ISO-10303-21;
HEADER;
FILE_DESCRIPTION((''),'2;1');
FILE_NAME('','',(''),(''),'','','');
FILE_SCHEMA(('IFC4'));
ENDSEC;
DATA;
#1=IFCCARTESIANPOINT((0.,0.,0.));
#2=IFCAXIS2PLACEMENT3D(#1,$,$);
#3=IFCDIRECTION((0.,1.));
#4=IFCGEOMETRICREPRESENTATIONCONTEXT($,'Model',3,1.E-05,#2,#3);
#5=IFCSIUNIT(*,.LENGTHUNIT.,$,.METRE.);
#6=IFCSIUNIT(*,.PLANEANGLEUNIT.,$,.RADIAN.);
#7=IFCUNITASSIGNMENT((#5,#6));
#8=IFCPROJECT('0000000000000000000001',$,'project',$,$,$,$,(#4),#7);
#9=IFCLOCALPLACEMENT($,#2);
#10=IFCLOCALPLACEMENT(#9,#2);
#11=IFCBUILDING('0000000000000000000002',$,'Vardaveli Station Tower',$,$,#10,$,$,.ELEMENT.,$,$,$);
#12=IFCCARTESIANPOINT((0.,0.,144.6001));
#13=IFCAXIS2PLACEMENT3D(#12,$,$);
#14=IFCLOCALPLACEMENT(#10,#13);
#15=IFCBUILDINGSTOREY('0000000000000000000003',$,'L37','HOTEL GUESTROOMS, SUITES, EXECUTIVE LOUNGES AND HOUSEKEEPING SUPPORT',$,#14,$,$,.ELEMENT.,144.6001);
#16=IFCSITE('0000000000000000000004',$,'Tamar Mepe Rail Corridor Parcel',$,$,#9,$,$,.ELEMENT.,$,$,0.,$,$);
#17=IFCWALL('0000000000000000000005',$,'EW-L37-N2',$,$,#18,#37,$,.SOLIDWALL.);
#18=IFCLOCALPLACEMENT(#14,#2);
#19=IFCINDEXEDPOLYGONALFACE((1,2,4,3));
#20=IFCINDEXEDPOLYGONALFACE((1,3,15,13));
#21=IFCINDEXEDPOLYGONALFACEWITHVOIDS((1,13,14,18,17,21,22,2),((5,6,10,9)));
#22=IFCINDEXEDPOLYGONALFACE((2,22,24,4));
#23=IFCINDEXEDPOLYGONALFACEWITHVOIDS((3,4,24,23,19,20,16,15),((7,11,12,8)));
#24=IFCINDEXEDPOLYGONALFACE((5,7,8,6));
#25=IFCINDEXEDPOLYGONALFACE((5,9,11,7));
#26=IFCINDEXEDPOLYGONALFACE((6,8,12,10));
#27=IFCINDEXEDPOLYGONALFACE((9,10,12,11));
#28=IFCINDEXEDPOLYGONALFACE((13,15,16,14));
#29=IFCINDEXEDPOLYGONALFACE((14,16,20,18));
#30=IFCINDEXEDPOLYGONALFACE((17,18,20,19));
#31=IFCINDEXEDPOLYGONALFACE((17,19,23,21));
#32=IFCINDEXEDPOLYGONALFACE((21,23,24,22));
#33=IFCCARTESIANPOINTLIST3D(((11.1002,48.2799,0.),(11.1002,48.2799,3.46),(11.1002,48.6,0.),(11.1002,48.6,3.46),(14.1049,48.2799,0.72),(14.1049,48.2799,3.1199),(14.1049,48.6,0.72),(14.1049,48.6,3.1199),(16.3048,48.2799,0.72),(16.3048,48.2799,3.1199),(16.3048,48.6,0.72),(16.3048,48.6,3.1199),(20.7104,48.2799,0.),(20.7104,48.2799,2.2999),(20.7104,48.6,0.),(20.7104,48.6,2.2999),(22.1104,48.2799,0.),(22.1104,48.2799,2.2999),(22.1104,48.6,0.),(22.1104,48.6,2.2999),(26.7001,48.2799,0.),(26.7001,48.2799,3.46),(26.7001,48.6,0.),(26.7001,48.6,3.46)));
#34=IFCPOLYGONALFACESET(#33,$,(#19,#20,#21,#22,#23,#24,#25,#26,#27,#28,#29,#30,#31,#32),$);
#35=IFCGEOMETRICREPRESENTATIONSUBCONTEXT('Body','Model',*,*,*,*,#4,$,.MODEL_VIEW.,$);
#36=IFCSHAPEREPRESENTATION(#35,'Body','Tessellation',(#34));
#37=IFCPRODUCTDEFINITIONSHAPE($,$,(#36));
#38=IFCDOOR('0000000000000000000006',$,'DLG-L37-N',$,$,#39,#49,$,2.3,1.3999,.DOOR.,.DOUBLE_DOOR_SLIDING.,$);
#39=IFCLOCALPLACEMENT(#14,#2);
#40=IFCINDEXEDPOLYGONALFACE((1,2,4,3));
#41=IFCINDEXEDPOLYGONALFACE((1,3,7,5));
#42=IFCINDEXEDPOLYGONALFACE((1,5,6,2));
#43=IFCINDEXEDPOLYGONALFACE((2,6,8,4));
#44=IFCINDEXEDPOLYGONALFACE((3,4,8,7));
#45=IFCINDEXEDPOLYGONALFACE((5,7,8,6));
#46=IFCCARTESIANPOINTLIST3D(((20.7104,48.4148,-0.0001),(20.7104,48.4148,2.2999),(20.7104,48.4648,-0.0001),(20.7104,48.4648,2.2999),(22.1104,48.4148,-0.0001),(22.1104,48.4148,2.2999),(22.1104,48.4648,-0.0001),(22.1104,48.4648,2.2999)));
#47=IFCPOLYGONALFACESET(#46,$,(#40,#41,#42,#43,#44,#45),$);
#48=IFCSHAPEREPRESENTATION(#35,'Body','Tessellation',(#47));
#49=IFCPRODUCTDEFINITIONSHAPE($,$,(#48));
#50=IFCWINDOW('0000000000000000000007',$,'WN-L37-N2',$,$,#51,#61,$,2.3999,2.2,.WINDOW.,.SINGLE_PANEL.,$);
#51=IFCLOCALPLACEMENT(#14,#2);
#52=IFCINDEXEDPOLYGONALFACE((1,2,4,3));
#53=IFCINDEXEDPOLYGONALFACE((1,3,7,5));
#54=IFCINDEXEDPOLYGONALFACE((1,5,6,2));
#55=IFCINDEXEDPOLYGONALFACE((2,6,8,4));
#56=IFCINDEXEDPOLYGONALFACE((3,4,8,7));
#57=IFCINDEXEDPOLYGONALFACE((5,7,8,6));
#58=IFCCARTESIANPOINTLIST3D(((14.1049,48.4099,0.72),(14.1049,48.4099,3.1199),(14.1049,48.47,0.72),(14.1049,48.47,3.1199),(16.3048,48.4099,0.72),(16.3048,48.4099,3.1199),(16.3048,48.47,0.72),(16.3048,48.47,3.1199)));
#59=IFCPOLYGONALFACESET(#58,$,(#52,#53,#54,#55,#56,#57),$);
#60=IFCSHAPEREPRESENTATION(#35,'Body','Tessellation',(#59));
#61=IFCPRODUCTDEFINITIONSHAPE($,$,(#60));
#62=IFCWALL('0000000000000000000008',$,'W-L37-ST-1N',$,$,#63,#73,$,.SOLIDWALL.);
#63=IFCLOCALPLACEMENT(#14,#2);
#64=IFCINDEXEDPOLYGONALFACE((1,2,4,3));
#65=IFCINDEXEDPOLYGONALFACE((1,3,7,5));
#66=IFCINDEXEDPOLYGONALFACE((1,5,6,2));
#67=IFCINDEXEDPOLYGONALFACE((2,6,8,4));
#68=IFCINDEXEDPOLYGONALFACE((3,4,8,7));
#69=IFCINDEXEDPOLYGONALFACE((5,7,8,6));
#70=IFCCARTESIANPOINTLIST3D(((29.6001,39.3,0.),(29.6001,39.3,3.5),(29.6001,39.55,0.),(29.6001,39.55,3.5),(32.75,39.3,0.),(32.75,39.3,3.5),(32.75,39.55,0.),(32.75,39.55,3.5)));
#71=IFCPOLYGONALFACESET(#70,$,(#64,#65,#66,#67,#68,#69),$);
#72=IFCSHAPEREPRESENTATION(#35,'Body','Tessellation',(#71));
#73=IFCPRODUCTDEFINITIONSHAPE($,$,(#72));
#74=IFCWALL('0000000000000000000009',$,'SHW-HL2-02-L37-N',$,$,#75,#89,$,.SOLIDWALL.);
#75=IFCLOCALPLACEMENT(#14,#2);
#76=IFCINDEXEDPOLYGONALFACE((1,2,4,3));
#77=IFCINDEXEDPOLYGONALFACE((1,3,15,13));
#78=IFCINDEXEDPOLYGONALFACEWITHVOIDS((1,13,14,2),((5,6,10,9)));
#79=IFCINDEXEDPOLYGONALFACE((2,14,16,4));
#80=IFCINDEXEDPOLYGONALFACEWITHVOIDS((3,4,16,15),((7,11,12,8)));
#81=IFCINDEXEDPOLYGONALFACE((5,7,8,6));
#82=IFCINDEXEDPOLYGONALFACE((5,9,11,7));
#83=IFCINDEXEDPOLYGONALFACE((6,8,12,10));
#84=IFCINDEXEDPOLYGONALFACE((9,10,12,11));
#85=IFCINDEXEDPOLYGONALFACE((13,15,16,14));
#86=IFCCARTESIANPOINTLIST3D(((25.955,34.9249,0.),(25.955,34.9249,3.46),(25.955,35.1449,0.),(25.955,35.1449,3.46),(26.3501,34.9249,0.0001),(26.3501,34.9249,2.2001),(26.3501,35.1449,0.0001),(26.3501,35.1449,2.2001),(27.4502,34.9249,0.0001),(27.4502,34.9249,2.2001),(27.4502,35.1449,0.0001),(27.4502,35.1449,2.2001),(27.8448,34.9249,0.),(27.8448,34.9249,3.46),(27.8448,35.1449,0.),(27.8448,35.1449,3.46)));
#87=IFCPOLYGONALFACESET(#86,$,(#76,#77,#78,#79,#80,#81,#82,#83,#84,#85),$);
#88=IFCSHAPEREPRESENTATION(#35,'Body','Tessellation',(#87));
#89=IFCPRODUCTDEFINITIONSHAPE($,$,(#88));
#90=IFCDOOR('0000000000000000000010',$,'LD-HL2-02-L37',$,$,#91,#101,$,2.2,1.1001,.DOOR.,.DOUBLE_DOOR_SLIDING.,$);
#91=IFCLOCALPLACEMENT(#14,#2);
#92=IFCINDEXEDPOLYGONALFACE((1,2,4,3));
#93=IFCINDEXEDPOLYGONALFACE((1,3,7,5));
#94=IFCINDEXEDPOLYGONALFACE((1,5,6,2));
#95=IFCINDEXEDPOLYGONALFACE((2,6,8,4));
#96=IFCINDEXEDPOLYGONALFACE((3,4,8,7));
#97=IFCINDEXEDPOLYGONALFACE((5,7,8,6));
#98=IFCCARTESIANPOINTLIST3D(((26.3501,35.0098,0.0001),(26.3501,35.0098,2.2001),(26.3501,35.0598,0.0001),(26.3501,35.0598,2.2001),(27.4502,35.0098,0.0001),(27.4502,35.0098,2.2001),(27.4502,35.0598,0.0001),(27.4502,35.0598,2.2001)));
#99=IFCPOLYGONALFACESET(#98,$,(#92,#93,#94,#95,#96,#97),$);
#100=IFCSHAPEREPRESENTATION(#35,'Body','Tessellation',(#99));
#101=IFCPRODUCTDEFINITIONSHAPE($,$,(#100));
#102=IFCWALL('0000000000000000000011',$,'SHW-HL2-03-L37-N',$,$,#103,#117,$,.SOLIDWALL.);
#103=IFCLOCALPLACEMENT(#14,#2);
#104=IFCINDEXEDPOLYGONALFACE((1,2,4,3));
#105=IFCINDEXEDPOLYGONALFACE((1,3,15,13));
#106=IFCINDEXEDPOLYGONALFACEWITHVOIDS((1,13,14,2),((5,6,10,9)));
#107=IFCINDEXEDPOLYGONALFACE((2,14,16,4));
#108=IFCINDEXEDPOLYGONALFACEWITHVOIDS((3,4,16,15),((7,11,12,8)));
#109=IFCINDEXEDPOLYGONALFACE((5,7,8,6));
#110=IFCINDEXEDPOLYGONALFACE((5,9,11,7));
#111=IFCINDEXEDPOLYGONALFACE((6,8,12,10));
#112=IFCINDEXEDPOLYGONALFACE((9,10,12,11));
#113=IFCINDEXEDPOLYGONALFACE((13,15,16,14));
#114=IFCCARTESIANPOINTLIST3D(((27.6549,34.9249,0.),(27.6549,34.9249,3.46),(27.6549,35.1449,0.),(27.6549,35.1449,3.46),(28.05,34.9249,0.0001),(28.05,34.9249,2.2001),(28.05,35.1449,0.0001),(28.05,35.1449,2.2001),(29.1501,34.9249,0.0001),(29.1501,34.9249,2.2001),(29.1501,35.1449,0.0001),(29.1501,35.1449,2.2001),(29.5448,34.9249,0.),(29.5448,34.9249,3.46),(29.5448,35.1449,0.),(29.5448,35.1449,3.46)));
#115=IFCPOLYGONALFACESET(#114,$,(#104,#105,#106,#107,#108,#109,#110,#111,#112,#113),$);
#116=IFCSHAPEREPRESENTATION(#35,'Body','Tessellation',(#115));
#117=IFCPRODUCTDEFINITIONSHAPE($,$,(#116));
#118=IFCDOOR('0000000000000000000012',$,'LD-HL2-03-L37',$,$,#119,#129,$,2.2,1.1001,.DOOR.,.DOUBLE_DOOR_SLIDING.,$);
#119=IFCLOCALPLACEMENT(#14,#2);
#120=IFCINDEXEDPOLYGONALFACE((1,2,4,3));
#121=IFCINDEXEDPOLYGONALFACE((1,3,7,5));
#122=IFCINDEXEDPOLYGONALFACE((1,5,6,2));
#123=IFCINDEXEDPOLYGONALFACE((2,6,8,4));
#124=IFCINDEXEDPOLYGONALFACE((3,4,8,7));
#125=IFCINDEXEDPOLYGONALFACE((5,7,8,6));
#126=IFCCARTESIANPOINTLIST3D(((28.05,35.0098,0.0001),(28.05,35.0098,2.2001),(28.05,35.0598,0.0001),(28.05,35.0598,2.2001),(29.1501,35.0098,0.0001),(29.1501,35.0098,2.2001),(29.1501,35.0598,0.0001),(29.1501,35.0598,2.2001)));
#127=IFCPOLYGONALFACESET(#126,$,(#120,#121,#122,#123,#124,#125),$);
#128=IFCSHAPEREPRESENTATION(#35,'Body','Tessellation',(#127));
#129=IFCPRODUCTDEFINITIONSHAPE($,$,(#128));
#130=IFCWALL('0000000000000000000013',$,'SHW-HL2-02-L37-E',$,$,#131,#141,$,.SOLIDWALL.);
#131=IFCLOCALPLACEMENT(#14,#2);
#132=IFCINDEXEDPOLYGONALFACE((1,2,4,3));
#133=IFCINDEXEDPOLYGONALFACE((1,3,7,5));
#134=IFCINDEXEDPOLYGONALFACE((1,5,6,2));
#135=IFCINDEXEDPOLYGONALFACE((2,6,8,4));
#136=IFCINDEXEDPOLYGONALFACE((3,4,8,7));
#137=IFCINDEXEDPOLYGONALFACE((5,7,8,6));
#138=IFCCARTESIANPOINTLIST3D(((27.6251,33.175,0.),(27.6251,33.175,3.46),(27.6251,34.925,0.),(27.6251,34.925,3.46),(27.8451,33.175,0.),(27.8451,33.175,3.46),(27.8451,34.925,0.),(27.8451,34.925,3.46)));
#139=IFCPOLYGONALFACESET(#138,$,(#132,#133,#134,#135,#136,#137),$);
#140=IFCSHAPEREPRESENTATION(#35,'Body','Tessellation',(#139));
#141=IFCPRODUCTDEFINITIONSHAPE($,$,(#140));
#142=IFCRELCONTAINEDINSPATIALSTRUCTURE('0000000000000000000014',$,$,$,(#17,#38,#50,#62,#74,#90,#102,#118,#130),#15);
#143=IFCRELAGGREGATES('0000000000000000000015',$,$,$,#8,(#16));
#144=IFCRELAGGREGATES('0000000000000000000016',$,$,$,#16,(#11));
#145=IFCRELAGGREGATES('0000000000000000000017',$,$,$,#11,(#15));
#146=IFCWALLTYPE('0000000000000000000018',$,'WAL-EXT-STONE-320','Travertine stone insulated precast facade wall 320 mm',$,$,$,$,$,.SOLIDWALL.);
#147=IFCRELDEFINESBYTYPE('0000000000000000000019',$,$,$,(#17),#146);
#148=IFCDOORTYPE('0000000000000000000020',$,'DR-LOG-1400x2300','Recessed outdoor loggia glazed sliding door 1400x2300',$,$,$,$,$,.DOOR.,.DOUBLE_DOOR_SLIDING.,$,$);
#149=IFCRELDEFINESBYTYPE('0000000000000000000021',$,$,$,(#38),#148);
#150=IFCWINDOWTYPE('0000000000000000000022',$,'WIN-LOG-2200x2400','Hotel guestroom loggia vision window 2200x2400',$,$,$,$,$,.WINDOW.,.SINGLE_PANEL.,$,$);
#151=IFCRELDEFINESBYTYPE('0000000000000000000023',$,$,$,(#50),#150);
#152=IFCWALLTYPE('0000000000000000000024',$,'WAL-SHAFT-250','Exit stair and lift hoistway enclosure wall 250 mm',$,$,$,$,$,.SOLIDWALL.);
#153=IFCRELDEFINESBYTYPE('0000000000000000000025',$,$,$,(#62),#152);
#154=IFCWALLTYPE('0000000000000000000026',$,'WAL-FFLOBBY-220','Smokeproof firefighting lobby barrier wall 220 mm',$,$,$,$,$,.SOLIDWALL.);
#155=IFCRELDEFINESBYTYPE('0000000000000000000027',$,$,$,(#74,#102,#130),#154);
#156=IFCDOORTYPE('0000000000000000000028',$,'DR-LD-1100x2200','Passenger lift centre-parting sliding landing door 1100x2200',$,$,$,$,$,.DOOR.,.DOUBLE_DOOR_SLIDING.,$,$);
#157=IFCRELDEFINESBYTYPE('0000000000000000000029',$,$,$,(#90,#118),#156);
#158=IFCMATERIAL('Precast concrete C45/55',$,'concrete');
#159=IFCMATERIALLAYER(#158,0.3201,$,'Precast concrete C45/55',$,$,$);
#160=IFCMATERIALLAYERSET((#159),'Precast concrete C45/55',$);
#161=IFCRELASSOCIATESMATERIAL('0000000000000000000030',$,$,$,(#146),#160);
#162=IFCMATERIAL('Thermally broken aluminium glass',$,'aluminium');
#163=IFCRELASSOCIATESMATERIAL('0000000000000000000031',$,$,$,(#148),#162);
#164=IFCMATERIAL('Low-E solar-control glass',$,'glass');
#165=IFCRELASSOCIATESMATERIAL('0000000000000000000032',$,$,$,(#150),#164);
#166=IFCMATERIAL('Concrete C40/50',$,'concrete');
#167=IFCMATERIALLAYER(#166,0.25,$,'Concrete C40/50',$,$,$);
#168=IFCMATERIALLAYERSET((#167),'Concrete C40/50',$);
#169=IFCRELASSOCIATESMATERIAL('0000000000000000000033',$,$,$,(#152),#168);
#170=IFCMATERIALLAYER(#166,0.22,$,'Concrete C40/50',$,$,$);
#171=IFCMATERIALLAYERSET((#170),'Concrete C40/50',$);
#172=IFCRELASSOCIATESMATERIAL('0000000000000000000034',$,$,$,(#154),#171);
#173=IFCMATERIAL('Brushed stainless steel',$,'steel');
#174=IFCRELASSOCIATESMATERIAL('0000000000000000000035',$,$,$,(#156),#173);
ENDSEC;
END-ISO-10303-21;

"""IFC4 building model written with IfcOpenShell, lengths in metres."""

from ifc_helpers import new_model, si_unit, direction, frame, frame_2d, origin, place, context, subcontext, project, spatial, rectangle, extrude, source, transform, mapped, material, layer, layer_set, type_object, element, fill, save


model = new_model("IFC4")

# Units and contexts
model_context = context("Model", 3, precision=1e-05, world=origin(), true_north=direction((0.0, 1.0)))
body_context = subcontext(model_context, "Body", "Model", "MODEL_VIEW")
ifc_project = project(units=[si_unit("LENGTHUNIT", "METRE"), si_unit("PLANEANGLEUNIT", "RADIAN")], contexts=[model_context])

# Site, building, storey
site_placement = place(None, origin())
site = spatial("IfcSite", under=ifc_project, at=site_placement, Name="Tamar Mepe Rail Corridor Parcel", CompositionType="ELEMENT", RefElevation=0.0)
building_placement = place(site_placement, origin())
building = spatial("IfcBuilding", under=site, at=building_placement, Name="Vardaveli Station Tower", CompositionType="ELEMENT")
storey_placement = place(building_placement, frame((0.0, 0.0, 144.6001)))
storey = spatial("IfcBuildingStorey", under=building, at=storey_placement, Name="L37", Description="HOTEL GUESTROOMS, SUITES, EXECUTIVE LOUNGES AND HOUSEKEEPING SUPPORT", CompositionType="ELEMENT", Elevation=144.6001)

# Shared definitions
ifc_material_1 = material(Name="Precast concrete C45/55", Category="concrete")

# Wall, openings, door, window
ifc_layer_1 = layer(ifc_material_1, 0.3201, Name="Precast concrete C45/55")
ifc_layer_set_1 = layer_set([ifc_layer_1], Name="Precast concrete C45/55")
wall_type_1 = type_object("IfcWallType", Name="WAL-EXT-STONE-320", Description="Travertine stone insulated precast facade wall 320 mm", PredefinedType="SOLIDWALL", material=ifc_layer_set_1)
shared_shape_1 = source(origin(), body_context, "Body", "SweptSolid", [
    extrude(rectangle(XDim=15.5999, YDim=0.3201, at=frame_2d((7.7998, 0.0))), origin(), (0.0, 0.0, 1.0), 3.46),
])
wall_1_placement = place(storey_placement, frame((26.7, 48.4399, 0.0), z_axis=(0.0, 0.0, 1.0), x_axis=(-1.0, 0.0, 0.0)))
wall_1 = element("IfcWall", 1, at=wall_1_placement, inside=storey, type_object=wall_type_1, Name="EW-L37-N2", PredefinedType="SOLIDWALL", context=body_context, shape_type="MappedRepresentation", body=[
    mapped(shared_shape_1, transform((0.0, 0.0, 0.0), scale=1.0)),
])
shared_shape_2 = source(origin(), body_context, "Body", "SweptSolid", [
    extrude(rectangle(XDim=1.3999, YDim=2.3, at=frame_2d((0.7, 1.1499))), frame((0.0, 0.1699, 0.0), z_axis=(0.0, -1.0, 0.0), x_axis=(1.0, 0.0, 0.0)), (0.0, 0.0, 1.0), 0.3401),
])
opening_1_placement = place(wall_1_placement, frame((4.5896, 0.0, 0.0)))
opening_1 = element("IfcOpeningElement", 2, at=opening_1_placement, cuts=wall_1, PredefinedType="OPENING", context=body_context, shape_type="MappedRepresentation", body=[
    mapped(shared_shape_2, transform((0.0, 0.0, 0.0), scale=1.0)),
])
shared_shape_3 = source(origin(), body_context, "Body", "SweptSolid", [
    extrude(rectangle(XDim=2.2, YDim=2.3999, at=frame_2d((1.1001, 1.2))), frame((0.0, 0.1699, 0.0), z_axis=(0.0, -1.0, 0.0), x_axis=(1.0, 0.0, 0.0)), (0.0, 0.0, 1.0), 0.3401),
])
opening_2_placement = place(wall_1_placement, frame((10.395, 0.0, 0.72)))
opening_2 = element("IfcOpeningElement", 3, at=opening_2_placement, cuts=wall_1, PredefinedType="OPENING", context=body_context, shape_type="MappedRepresentation", body=[
    mapped(shared_shape_3, transform((0.0, 0.0, 0.0), scale=1.0)),
])
ifc_material_2 = material(Name="Thermally broken aluminium glass", Category="aluminium")
door_type_1 = type_object("IfcDoorType", Name="DR-LOG-1400x2300", Description="Recessed outdoor loggia glazed sliding door 1400x2300", OperationType="DOUBLE_DOOR_SLIDING", PredefinedType="DOOR", material=ifc_material_2)
shared_shape_4 = source(origin(), body_context, "Body", "SweptSolid", [
    extrude(rectangle(XDim=1.3999, YDim=2.3, at=frame_2d((0.7, 1.1499))), frame((0.0, 0.0249, 0.0), z_axis=(0.0, -1.0, 0.0), x_axis=(1.0, 0.0, 0.0)), (0.0, 0.0, 1.0), 0.05),
])
door_1_placement = place(opening_1_placement, frame((1.3999, 0.0, 0.0), z_axis=(0.0, 0.0, 1.0), x_axis=(-1.0, 0.0, 0.0)))
door_1 = element("IfcDoor", 4, at=door_1_placement, inside=storey, type_object=door_type_1, Name="DLG-L37-N", OperationType="DOUBLE_DOOR_SLIDING", OverallHeight=2.3, OverallWidth=1.3999, PredefinedType="DOOR", context=body_context, shape_type="MappedRepresentation", body=[
    mapped(shared_shape_4, transform((0.0, 0.0, 0.0), scale=1.0)),
])
fill(opening_1, door_1)
ifc_material_3 = material(Name="Low-E solar-control glass", Category="glass")
window_type = type_object("IfcWindowType", Name="WIN-LOG-2200x2400", Description="Hotel guestroom loggia vision window 2200x2400", PartitioningType="SINGLE_PANEL", PredefinedType="WINDOW", material=ifc_material_3)
shared_shape_5 = source(origin(), body_context, "Body", "SweptSolid", [
    extrude(rectangle(XDim=2.2, YDim=2.3999, at=frame_2d((1.1001, 1.2))), frame((0.0, 0.03, 0.0), z_axis=(0.0, -1.0, 0.0), x_axis=(1.0, 0.0, 0.0)), (0.0, 0.0, 1.0), 0.0601),
])
window_placement = place(opening_2_placement, origin())
window = element("IfcWindow", 5, at=window_placement, inside=storey, type_object=window_type, Name="WN-L37-N2", OverallHeight=2.3999, OverallWidth=2.2, PartitioningType="SINGLE_PANEL", PredefinedType="WINDOW", context=body_context, shape_type="MappedRepresentation", body=[
    mapped(shared_shape_5, transform((0.0, 0.0, 0.0), scale=1.0)),
])
fill(opening_2, window)

# Wall
ifc_material_4 = material(Name="Concrete C40/50", Category="concrete")
ifc_layer_2 = layer(ifc_material_4, 0.25, Name="Concrete C40/50")
ifc_layer_set_2 = layer_set([ifc_layer_2], Name="Concrete C40/50")
wall_type_2 = type_object("IfcWallType", Name="WAL-SHAFT-250", Description="Exit stair and lift hoistway enclosure wall 250 mm", PredefinedType="SOLIDWALL", material=ifc_layer_set_2)
shared_shape_6 = source(origin(), body_context, "Body", "SweptSolid", [
    extrude(rectangle(XDim=3.1499, YDim=0.25, at=frame_2d((1.575, 0.0))), origin(), (0.0, 0.0, 1.0), 3.5),
])
wall_2_placement = place(storey_placement, frame((29.6001, 39.425, 0.0), z_axis=(0.0, 0.0, 1.0), x_axis=(1.0, 0.0, 0.0)))
element("IfcWall", 6, at=wall_2_placement, inside=storey, type_object=wall_type_2, Name="W-L37-ST-1N", PredefinedType="SOLIDWALL", context=body_context, shape_type="MappedRepresentation", body=[
    mapped(shared_shape_6, transform((0.0, 0.0, 0.0), scale=1.0)),
])

# Walls, openings, doors
ifc_layer_3 = layer(ifc_material_4, 0.22, Name="Concrete C40/50")
ifc_layer_set_3 = layer_set([ifc_layer_3], Name="Concrete C40/50")
wall_type_3 = type_object("IfcWallType", Name="WAL-FFLOBBY-220", Description="Smokeproof firefighting lobby barrier wall 220 mm", PredefinedType="SOLIDWALL", material=ifc_layer_set_3)
shared_shape_7 = source(origin(), body_context, "Body", "SweptSolid", [
    extrude(rectangle(XDim=1.8899, YDim=0.22, at=frame_2d((0.9448, 0.0))), origin(), (0.0, 0.0, 1.0), 3.46),
])
wall_3_placement = place(storey_placement, frame((25.9551, 35.0349, 0.0), z_axis=(0.0, 0.0, 1.0), x_axis=(1.0, 0.0, 0.0)))
wall_3 = element("IfcWall", 7, at=wall_3_placement, inside=storey, type_object=wall_type_3, Name="SHW-HL2-02-L37-N", PredefinedType="SOLIDWALL", context=body_context, shape_type="MappedRepresentation", body=[
    mapped(shared_shape_7, transform((0.0, 0.0, 0.0), scale=1.0)),
])
shared_shape_8 = source(origin(), body_context, "Body", "SweptSolid", [
    extrude(rectangle(XDim=1.1001, YDim=2.2, at=frame_2d((0.55, 1.1001))), frame((0.0, 0.1201, 0.0), z_axis=(0.0, -1.0, 0.0), x_axis=(1.0, 0.0, 0.0)), (0.0, 0.0, 1.0), 0.24),
])
opening_3_placement = place(wall_3_placement, frame((0.395, 0.0, 0.0)))
opening_3 = element("IfcOpeningElement", 8, at=opening_3_placement, cuts=wall_3, PredefinedType="OPENING", context=body_context, shape_type="MappedRepresentation", body=[
    mapped(shared_shape_8, transform((0.0, 0.0, 0.0), scale=1.0)),
])
ifc_material_5 = material(Name="Brushed stainless steel", Category="steel")
door_type_2 = type_object("IfcDoorType", Name="DR-LD-1100x2200", Description="Passenger lift centre-parting sliding landing door 1100x2200", OperationType="DOUBLE_DOOR_SLIDING", PredefinedType="DOOR", material=ifc_material_5)
shared_shape_9 = source(origin(), body_context, "Body", "SweptSolid", [
    extrude(rectangle(XDim=1.1001, YDim=2.2, at=frame_2d((0.55, 1.1001))), frame((0.0, 0.0249, 0.0), z_axis=(0.0, -1.0, 0.0), x_axis=(1.0, 0.0, 0.0)), (0.0, 0.0, 1.0), 0.05),
])
door_2_placement = place(opening_3_placement, origin())
door_2 = element("IfcDoor", 9, at=door_2_placement, inside=storey, type_object=door_type_2, Name="LD-HL2-02-L37", OperationType="DOUBLE_DOOR_SLIDING", OverallHeight=2.2, OverallWidth=1.1001, PredefinedType="DOOR", context=body_context, shape_type="MappedRepresentation", body=[
    mapped(shared_shape_9, transform((0.0, 0.0, 0.0), scale=1.0)),
])
fill(opening_3, door_2)
wall_4_placement = place(storey_placement, frame((27.655, 35.0349, 0.0), z_axis=(0.0, 0.0, 1.0), x_axis=(1.0, 0.0, 0.0)))
wall_4 = element("IfcWall", 10, at=wall_4_placement, inside=storey, type_object=wall_type_3, Name="SHW-HL2-03-L37-N", PredefinedType="SOLIDWALL", context=body_context, shape_type="MappedRepresentation", body=[
    mapped(shared_shape_7, transform((0.0, 0.0, 0.0), scale=1.0)),
])
opening_4_placement = place(wall_4_placement, frame((0.395, 0.0, 0.0)))
opening_4 = element("IfcOpeningElement", 11, at=opening_4_placement, cuts=wall_4, PredefinedType="OPENING", context=body_context, shape_type="MappedRepresentation", body=[
    mapped(shared_shape_8, transform((0.0, 0.0, 0.0), scale=1.0)),
])
door_3_placement = place(opening_4_placement, origin())
door_3 = element("IfcDoor", 12, at=door_3_placement, inside=storey, type_object=door_type_2, Name="LD-HL2-03-L37", OperationType="DOUBLE_DOOR_SLIDING", OverallHeight=2.2, OverallWidth=1.1001, PredefinedType="DOOR", context=body_context, shape_type="MappedRepresentation", body=[
    mapped(shared_shape_9, transform((0.0, 0.0, 0.0), scale=1.0)),
])
fill(opening_4, door_3)

# Wall
shared_shape_10 = source(origin(), body_context, "Body", "SweptSolid", [
    extrude(rectangle(XDim=1.75, YDim=0.22, at=frame_2d((0.875, 0.0))), origin(), (0.0, 0.0, 1.0), 3.46),
])
wall_5_placement = place(storey_placement, frame((27.7351, 33.175, 0.0), z_axis=(0.0, 0.0, 1.0), x_axis=(0.0, 1.0, 0.0)))
element("IfcWall", 13, at=wall_5_placement, inside=storey, type_object=wall_type_3, Name="SHW-HL2-02-L37-E", PredefinedType="SOLIDWALL", context=body_context, shape_type="MappedRepresentation", body=[
    mapped(shared_shape_10, transform((0.0, 0.0, 0.0), scale=1.0)),
])

save(model, "model.ifc")
